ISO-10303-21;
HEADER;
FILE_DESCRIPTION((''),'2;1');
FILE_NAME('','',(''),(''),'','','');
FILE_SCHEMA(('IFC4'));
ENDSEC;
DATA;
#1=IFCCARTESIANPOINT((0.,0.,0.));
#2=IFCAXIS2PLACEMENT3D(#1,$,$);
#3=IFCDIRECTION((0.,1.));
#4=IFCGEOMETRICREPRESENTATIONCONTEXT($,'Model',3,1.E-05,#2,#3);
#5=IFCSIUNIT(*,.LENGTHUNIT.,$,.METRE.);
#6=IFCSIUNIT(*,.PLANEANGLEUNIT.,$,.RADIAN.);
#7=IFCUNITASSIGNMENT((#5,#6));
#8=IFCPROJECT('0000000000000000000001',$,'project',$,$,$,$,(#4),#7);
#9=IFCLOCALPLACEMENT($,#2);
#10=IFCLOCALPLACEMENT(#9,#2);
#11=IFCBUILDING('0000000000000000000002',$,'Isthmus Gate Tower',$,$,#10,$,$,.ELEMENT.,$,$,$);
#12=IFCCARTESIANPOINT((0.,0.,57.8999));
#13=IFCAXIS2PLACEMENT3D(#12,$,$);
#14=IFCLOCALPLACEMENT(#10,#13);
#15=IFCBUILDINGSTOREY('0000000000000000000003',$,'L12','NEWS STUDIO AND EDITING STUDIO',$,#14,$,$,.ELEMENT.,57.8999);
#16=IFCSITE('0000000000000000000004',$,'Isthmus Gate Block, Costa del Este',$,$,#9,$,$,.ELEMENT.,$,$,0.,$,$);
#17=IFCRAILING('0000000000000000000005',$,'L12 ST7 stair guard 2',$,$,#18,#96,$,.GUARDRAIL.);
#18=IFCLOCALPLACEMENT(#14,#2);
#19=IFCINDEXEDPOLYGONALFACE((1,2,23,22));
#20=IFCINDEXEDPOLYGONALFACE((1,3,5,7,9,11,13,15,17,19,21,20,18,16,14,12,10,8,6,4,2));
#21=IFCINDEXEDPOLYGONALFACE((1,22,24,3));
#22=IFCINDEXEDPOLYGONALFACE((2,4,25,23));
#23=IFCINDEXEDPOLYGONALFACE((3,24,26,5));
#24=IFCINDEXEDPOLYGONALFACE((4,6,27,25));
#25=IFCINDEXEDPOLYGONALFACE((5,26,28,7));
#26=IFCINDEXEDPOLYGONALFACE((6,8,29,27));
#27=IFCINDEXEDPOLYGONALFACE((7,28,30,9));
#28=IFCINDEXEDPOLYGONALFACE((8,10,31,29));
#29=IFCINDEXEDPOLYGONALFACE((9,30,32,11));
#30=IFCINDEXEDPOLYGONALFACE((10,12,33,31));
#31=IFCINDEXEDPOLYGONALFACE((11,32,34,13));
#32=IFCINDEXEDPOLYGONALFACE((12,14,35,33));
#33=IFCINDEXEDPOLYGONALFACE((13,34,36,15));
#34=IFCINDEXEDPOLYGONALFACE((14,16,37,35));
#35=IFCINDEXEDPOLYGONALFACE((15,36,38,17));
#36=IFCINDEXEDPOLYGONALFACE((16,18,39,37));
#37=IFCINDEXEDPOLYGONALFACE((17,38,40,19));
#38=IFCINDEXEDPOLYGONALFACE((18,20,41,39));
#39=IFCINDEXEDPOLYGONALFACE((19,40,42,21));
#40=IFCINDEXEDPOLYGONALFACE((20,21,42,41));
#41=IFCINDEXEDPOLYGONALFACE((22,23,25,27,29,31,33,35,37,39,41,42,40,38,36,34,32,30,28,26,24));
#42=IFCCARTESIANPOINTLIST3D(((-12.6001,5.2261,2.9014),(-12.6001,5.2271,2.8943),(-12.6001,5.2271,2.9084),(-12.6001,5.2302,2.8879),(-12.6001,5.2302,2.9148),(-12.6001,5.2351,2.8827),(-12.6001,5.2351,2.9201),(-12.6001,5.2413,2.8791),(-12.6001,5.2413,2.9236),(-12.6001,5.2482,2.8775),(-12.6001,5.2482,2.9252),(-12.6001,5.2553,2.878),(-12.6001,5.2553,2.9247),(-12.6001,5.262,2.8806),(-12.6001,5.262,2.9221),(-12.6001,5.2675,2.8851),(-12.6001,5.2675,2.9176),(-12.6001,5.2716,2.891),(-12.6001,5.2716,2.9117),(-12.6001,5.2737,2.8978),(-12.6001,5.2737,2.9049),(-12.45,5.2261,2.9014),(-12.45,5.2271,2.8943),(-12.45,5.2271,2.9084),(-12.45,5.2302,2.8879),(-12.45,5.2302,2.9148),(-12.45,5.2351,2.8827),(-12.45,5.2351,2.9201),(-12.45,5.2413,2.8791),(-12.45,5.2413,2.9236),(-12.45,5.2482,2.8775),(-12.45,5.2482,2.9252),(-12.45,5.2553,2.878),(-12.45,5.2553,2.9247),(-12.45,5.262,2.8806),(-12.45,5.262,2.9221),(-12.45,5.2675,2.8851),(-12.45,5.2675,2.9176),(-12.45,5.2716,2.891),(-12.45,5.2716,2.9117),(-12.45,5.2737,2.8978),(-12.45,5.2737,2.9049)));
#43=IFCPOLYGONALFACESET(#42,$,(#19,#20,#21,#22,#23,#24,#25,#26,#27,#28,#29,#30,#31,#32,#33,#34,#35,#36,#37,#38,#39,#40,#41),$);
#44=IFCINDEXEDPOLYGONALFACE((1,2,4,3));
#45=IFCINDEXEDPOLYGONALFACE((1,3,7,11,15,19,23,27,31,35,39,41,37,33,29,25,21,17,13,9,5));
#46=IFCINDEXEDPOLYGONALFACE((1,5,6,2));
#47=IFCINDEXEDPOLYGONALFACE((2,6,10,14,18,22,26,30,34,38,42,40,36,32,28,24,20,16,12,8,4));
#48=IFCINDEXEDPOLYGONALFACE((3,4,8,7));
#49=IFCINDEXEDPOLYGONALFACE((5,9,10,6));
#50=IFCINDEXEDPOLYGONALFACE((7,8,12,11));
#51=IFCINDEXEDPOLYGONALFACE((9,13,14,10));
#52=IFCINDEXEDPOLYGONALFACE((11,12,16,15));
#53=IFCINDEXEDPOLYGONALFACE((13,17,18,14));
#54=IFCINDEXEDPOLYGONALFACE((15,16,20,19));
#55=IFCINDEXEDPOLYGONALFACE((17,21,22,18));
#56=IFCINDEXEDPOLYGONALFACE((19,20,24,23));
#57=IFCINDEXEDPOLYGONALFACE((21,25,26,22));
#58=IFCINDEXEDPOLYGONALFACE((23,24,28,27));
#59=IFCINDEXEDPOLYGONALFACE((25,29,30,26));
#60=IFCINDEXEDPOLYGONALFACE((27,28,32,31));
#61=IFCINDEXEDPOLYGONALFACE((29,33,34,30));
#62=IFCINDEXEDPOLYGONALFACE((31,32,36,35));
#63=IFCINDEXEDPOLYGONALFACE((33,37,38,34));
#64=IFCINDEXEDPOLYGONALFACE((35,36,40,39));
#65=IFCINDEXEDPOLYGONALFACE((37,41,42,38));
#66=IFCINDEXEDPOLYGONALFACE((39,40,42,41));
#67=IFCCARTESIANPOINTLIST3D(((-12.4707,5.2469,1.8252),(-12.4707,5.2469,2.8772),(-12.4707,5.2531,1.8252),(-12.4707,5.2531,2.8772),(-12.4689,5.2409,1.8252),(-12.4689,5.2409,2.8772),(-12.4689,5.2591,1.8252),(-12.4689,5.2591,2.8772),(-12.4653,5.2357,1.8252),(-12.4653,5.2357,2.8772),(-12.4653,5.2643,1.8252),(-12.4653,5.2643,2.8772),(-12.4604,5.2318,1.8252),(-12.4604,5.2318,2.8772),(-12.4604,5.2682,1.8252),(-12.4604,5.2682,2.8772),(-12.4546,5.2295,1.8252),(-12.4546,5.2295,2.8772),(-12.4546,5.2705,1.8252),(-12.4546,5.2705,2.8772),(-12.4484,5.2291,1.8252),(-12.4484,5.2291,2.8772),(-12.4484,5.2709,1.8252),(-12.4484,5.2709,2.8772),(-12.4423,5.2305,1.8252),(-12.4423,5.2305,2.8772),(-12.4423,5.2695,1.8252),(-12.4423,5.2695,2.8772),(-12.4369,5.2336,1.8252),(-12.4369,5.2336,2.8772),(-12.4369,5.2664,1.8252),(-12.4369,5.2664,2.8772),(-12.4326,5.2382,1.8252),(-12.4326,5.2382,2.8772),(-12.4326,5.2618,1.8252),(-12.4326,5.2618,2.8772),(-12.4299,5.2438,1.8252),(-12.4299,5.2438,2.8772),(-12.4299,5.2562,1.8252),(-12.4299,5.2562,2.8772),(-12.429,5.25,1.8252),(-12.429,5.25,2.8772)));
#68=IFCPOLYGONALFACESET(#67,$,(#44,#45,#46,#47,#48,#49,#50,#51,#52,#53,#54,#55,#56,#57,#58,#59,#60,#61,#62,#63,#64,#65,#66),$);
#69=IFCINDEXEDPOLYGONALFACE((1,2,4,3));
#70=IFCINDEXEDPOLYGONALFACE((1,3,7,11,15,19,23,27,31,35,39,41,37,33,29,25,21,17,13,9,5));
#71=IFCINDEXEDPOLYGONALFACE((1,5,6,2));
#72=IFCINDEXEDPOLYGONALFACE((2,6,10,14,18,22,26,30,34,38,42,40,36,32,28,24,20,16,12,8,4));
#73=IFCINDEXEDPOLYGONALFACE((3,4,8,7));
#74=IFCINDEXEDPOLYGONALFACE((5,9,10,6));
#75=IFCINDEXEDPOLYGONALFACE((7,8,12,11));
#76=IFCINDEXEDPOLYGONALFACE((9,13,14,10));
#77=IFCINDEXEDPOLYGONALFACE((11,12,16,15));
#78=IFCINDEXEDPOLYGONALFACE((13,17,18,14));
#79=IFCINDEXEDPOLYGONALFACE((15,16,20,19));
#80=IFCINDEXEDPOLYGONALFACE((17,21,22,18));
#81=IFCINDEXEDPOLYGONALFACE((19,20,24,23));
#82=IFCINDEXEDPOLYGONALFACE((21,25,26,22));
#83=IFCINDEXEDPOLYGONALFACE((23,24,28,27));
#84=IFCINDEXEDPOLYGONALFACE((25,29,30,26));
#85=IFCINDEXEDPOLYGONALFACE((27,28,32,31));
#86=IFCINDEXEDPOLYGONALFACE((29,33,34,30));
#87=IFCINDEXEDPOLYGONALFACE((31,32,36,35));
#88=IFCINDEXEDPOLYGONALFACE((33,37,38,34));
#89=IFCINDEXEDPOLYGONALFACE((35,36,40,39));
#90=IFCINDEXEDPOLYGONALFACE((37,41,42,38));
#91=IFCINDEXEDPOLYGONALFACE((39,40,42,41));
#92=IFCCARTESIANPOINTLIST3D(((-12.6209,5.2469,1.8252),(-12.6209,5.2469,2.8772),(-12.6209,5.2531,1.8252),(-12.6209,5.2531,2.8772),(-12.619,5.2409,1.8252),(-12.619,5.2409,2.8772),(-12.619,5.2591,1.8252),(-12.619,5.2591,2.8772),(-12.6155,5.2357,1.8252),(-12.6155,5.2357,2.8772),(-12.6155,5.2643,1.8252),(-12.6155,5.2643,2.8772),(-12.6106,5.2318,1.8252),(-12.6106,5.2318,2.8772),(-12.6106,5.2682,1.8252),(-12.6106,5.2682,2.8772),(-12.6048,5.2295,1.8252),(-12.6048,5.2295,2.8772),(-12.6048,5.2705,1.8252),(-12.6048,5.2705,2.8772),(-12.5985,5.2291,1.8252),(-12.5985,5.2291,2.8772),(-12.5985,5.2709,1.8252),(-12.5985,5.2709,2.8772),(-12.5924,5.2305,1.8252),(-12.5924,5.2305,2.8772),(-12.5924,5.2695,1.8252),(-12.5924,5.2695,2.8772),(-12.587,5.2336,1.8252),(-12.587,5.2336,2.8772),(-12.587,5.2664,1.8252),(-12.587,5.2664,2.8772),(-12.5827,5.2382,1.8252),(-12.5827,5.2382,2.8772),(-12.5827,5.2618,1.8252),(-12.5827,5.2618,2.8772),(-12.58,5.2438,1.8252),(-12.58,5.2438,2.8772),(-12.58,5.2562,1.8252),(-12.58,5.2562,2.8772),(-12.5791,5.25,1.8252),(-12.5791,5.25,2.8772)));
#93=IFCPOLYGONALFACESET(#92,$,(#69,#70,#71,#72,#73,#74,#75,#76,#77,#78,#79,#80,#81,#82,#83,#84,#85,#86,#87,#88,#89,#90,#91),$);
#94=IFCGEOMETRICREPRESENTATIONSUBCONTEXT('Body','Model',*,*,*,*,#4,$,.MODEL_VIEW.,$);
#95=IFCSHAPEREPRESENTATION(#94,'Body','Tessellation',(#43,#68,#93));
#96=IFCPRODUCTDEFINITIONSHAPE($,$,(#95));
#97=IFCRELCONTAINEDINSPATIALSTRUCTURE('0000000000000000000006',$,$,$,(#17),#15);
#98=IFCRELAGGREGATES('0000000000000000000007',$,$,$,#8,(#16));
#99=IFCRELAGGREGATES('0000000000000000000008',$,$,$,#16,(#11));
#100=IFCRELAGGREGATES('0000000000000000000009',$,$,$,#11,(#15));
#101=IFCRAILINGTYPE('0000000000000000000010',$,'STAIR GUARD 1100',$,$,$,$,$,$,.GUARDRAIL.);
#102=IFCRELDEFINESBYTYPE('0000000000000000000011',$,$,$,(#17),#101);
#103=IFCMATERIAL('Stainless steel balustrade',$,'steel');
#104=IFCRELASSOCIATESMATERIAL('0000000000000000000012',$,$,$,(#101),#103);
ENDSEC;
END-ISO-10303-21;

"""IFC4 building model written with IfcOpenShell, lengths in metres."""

from ifc_helpers import new_model, si_unit, direction, frame, origin, origin_2d, place, context, subcontext, project, spatial, circle, extrude, material, type_object, element, save


model = new_model("IFC4")

# Units and contexts
model_context = context("Model", 3, precision=1e-05, world=origin(), true_north=direction((0.0, 1.0)))
body_context = subcontext(model_context, "Body", "Model", "MODEL_VIEW")
ifc_project = project(units=[si_unit("LENGTHUNIT", "METRE"), si_unit("PLANEANGLEUNIT", "RADIAN")], contexts=[model_context])

# Site, building, storey
site_placement = place(None, origin())
site = spatial("IfcSite", under=ifc_project, at=site_placement, Name="Isthmus Gate Block, Costa del Este", CompositionType="ELEMENT", RefElevation=0.0)
building_placement = place(site_placement, origin())
building = spatial("IfcBuilding", under=site, at=building_placement, Name="Isthmus Gate Tower", CompositionType="ELEMENT")
storey_placement = place(building_placement, frame((0.0, 0.0, 57.8999)))
storey = spatial("IfcBuildingStorey", under=building, at=storey_placement, Name="L12", Description="NEWS STUDIO AND EDITING STUDIO", CompositionType="ELEMENT", Elevation=57.8999)

# Railing
ifc_material_1 = material(Name="Stainless steel balustrade", Category="steel")
railing_type_1 = type_object("IfcRailingType", Name="STAIR GUARD 1100", PredefinedType="GUARDRAIL", material=ifc_material_1)
railing_1_placement = place(storey_placement, frame((-12.45, 5.25, 1.8252)))
element("IfcRailing", 1, at=railing_1_placement, inside=storey, type_object=railing_type_1, Name="L12 ST7 stair guard 2", PredefinedType="GUARDRAIL", context=body_context, shape_type="SweptSolid", body=[
    extrude(circle(Radius=0.0239, at=origin_2d()), frame((0.0, 0.0, 1.0762), z_axis=(-1.0, 0.0, 0.0), x_axis=(0.0, -1.0, 0.0)), (0.0, 0.0, 1.0), 0.1501),
    extrude(circle(Radius=0.021, at=origin_2d()), origin(), (0.0, 0.0, 1.0), 1.052),
    extrude(circle(Radius=0.021, at=origin_2d()), frame((-0.1501, 0.0, 0.0)), (0.0, 0.0, 1.0), 1.052),
])

save(model, "model.ifc")
